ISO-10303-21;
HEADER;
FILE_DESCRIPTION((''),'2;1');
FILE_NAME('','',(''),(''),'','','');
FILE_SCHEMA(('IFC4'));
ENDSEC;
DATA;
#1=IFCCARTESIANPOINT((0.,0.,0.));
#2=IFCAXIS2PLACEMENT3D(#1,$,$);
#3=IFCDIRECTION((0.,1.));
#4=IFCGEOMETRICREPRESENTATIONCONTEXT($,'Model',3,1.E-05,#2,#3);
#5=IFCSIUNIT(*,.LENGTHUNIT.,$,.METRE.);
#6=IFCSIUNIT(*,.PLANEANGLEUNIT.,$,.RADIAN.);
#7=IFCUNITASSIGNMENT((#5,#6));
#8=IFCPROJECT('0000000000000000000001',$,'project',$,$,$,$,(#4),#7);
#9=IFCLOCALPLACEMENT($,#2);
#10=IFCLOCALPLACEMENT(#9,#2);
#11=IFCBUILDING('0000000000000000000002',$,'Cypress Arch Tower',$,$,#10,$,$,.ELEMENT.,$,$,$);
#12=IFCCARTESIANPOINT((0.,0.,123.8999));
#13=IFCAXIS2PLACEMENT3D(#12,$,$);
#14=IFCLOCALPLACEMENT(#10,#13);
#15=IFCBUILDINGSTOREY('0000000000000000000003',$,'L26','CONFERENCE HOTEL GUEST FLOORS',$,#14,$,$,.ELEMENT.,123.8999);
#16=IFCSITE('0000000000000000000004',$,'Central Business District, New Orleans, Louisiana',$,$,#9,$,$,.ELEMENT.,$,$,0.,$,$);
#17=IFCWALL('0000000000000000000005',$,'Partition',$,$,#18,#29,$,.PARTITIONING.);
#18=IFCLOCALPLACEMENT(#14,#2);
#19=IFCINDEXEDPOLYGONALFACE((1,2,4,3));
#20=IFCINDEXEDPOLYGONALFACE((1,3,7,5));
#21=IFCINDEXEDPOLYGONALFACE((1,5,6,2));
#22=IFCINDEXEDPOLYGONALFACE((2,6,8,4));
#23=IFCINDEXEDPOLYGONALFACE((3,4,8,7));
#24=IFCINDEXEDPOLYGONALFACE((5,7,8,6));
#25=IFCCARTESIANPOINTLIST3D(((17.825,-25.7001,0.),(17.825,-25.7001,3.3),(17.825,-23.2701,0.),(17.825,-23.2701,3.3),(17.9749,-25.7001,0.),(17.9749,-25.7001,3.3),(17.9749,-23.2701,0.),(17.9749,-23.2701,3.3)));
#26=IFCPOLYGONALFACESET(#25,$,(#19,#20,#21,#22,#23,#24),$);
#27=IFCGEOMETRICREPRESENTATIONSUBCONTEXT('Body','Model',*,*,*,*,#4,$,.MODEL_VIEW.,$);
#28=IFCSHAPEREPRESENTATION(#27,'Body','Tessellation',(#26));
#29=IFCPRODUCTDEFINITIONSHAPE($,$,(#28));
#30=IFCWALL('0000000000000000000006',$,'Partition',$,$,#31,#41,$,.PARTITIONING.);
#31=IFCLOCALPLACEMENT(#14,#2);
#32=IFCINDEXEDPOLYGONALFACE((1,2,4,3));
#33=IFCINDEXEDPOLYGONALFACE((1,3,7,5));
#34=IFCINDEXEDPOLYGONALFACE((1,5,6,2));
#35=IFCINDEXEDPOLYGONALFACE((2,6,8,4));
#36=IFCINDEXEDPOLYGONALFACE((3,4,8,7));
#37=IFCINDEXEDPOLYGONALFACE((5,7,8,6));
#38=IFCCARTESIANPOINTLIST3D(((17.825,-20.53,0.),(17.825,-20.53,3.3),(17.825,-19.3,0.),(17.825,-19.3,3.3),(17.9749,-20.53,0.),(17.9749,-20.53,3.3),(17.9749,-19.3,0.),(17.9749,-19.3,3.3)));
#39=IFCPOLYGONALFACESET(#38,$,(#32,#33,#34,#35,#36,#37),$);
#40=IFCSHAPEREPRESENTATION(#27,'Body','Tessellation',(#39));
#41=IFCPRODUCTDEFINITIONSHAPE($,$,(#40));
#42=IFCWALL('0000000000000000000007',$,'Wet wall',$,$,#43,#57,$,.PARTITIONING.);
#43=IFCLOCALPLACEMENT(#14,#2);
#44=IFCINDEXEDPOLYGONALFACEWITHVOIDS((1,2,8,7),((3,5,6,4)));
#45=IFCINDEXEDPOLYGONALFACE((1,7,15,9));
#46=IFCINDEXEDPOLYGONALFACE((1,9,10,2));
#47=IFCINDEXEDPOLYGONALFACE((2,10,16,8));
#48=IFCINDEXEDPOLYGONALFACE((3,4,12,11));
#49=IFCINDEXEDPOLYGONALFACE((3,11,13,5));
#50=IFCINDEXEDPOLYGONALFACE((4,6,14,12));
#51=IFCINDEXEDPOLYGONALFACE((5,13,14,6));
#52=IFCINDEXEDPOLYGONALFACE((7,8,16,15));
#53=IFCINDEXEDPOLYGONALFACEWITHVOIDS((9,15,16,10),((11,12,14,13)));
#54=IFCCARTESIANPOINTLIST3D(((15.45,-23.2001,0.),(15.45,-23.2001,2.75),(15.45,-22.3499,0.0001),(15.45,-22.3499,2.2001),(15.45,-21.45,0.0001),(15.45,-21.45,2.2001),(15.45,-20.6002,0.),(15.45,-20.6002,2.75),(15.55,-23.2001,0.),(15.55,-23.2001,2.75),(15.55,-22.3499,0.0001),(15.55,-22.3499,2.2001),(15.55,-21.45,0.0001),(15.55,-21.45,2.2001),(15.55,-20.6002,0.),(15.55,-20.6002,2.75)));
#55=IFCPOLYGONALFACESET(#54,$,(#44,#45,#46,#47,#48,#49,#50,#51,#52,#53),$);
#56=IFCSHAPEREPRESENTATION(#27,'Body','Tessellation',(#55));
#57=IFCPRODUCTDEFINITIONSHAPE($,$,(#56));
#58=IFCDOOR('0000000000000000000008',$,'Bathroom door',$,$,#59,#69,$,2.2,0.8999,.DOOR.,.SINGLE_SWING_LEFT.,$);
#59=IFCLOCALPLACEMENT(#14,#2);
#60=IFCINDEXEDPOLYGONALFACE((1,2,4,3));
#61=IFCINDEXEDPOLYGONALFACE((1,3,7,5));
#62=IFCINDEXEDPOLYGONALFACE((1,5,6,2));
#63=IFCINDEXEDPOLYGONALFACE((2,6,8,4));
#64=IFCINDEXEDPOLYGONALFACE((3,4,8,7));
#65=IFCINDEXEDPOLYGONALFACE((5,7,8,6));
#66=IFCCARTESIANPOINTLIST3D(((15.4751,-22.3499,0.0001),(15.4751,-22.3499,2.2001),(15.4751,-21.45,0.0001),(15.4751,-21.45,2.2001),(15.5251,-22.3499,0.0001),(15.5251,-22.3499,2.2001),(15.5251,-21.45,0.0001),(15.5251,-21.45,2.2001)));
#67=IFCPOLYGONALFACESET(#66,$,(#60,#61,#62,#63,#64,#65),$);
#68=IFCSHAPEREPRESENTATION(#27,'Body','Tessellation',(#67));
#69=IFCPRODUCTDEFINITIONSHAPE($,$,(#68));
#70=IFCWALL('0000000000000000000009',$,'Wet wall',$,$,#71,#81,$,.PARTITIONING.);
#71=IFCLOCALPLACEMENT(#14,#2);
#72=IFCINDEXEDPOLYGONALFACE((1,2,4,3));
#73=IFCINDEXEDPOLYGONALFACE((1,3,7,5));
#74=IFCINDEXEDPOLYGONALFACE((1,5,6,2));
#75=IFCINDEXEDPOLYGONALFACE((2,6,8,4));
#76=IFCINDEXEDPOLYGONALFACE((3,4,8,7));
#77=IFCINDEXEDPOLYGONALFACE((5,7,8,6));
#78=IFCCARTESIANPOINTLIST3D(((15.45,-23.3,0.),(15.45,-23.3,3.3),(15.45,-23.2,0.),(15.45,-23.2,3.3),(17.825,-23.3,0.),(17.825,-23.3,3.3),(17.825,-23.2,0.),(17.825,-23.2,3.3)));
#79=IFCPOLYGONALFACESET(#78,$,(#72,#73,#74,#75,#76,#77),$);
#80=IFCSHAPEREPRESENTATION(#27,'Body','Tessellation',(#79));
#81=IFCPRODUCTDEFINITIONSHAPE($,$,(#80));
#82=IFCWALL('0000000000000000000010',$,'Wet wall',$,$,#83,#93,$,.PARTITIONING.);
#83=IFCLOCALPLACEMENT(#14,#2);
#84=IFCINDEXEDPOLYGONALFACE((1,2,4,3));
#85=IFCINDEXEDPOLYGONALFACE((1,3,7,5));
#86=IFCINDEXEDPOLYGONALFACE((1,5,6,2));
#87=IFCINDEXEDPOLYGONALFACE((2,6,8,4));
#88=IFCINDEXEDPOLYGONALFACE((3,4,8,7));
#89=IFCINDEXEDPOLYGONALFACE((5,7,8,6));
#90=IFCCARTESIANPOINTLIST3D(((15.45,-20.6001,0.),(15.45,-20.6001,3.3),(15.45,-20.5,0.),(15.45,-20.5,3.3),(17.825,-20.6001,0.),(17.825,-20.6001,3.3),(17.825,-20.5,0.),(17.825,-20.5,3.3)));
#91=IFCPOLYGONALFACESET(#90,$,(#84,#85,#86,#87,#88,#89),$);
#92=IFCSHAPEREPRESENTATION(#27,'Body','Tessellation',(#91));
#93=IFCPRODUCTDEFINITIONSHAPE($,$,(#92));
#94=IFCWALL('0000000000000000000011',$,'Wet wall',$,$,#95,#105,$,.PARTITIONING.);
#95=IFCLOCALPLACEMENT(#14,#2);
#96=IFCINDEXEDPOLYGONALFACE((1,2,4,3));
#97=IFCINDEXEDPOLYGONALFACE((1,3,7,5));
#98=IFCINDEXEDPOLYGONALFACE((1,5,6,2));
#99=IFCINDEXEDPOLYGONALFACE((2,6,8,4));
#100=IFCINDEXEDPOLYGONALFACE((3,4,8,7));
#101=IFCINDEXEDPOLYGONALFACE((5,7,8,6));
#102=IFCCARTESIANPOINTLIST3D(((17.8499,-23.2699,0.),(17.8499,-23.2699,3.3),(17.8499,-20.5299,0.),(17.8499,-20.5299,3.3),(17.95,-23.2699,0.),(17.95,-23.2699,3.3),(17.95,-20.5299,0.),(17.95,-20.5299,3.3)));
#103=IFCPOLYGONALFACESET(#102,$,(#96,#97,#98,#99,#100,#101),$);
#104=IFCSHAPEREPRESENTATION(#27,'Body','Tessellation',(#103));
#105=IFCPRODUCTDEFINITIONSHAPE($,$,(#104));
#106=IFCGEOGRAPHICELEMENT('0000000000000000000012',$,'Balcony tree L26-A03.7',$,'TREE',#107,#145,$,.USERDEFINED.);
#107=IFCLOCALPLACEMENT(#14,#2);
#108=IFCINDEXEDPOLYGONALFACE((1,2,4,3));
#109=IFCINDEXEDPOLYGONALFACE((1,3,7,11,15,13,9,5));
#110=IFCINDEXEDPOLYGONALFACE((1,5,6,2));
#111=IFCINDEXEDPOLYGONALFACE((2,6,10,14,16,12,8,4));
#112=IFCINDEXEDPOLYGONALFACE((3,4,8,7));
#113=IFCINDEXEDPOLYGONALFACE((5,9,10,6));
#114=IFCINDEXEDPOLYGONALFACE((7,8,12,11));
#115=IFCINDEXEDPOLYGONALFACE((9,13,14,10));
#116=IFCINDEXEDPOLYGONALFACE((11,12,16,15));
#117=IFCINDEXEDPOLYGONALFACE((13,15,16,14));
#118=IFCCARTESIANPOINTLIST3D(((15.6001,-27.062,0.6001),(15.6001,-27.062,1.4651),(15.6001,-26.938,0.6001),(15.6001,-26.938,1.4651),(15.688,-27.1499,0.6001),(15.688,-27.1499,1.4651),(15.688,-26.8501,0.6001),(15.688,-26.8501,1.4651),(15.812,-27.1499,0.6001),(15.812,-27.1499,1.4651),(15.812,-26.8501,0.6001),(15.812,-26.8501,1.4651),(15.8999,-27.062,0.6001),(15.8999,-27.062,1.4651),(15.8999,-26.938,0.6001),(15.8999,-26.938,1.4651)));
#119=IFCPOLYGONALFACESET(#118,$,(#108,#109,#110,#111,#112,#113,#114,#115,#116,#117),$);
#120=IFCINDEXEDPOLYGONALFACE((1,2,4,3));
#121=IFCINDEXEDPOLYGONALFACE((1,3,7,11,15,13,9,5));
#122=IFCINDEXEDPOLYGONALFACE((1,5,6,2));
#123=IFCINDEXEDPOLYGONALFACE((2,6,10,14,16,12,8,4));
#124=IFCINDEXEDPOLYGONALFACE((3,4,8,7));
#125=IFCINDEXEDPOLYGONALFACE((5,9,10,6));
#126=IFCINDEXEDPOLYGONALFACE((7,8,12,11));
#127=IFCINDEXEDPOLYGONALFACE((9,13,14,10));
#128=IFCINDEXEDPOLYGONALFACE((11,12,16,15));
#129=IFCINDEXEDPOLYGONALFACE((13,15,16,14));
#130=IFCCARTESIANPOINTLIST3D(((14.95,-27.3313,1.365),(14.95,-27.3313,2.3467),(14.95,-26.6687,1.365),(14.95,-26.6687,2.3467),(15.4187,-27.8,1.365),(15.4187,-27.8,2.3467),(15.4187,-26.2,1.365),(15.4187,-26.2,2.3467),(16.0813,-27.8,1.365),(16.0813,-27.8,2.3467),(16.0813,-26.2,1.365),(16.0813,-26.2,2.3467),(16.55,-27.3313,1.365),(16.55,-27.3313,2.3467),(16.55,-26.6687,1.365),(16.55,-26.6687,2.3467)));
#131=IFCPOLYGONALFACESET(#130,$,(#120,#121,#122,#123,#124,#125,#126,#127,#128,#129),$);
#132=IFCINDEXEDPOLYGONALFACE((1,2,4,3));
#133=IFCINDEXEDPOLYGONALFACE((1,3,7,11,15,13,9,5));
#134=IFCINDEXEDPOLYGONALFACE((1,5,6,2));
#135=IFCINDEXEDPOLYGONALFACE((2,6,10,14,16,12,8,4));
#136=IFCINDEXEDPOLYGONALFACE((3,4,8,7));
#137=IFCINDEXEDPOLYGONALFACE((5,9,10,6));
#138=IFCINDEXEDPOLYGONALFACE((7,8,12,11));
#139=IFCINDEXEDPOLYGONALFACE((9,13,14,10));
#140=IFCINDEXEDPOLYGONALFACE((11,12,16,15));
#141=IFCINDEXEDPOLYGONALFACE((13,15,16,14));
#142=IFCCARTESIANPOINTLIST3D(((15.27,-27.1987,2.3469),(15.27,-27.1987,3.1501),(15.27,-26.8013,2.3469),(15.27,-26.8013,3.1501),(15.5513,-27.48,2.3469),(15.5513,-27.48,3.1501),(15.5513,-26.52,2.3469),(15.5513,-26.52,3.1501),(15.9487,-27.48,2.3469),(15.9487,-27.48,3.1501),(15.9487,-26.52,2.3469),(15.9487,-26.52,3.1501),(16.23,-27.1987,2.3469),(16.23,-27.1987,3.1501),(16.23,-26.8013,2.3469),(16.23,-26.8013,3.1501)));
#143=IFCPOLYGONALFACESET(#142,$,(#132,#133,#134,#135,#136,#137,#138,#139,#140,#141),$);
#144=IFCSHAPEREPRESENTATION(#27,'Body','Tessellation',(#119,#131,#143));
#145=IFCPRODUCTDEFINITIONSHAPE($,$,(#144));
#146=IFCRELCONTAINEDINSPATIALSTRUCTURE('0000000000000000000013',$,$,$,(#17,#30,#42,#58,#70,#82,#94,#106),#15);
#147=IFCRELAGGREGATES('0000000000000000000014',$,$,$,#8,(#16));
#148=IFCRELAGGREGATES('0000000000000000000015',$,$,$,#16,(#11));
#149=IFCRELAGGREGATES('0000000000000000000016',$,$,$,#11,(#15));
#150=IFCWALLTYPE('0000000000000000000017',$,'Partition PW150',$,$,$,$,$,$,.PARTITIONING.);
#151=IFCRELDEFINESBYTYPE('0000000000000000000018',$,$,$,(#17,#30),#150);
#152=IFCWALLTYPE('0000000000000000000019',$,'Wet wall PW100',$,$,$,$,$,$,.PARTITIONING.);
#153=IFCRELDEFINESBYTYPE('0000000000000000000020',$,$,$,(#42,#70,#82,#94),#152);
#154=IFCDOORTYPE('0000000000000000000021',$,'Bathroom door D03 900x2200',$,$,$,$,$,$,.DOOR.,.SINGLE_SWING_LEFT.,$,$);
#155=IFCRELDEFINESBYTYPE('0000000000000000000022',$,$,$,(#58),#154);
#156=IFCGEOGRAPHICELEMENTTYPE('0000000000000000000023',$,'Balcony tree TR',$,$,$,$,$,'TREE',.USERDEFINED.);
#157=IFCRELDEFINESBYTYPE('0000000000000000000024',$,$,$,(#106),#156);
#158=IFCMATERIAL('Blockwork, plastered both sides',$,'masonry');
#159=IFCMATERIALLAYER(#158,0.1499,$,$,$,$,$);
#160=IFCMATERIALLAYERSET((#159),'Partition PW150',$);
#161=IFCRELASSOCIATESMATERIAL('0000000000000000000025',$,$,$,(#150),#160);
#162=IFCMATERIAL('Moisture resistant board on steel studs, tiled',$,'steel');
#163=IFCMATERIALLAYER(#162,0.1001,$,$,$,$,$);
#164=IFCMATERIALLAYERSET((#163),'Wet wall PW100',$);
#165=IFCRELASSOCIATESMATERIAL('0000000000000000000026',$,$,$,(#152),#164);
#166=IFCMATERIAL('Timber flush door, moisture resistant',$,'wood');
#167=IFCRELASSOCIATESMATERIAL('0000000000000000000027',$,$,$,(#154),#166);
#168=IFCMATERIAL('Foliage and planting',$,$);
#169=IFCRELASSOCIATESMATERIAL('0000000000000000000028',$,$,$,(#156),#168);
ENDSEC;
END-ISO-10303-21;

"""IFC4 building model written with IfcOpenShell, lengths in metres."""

from ifc_helpers import new_model, si_unit, direction, frame, frame_2d, origin, place, context, subcontext, project, spatial, polyline, rectangle, outline, extrude, material, layer, layer_set, type_object, element, fill, save


model = new_model("IFC4")

# Units and contexts
model_context = context("Model", 3, precision=1e-05, world=origin(), true_north=direction((0.0, 1.0)))
body_context = subcontext(model_context, "Body", "Model", "MODEL_VIEW")
ifc_project = project(units=[si_unit("LENGTHUNIT", "METRE"), si_unit("PLANEANGLEUNIT", "RADIAN")], contexts=[model_context])

# Site, building, storey
site_placement = place(None, origin())
site = spatial("IfcSite", under=ifc_project, at=site_placement, Name="Central Business District, New Orleans, Louisiana", CompositionType="ELEMENT", RefElevation=0.0)
building_placement = place(site_placement, origin())
building = spatial("IfcBuilding", under=site, at=building_placement, Name="Cypress Arch Tower", CompositionType="ELEMENT")
storey_placement = place(building_placement, frame((0.0, 0.0, 123.8999)))
storey = spatial("IfcBuildingStorey", under=building, at=storey_placement, Name="L26", Description="CONFERENCE HOTEL GUEST FLOORS", CompositionType="ELEMENT", Elevation=123.8999)

# Walls
ifc_material_1 = material(Name="Blockwork, plastered both sides", Category="masonry")
ifc_layer_1 = layer(ifc_material_1, 0.1499)
ifc_layer_set_1 = layer_set([ifc_layer_1], Name="Partition PW150")
wall_type_1 = type_object("IfcWallType", Name="Partition PW150", PredefinedType="PARTITIONING", material=ifc_layer_set_1)
wall_1_placement = place(storey_placement, frame((17.8999, -25.7, 0.0), z_axis=(0.0, 0.0, 1.0), x_axis=(0.0, 1.0, 0.0)))
element("IfcWall", 1, at=wall_1_placement, inside=storey, type_object=wall_type_1, Name="Partition", PredefinedType="PARTITIONING", context=body_context, shape_type="SweptSolid", body=[
    extrude(rectangle(XDim=2.4299, YDim=0.1499, at=frame_2d((1.2148, 0.0))), origin(), (0.0, 0.0, 1.0), 3.3),
])
wall_2_placement = place(storey_placement, frame((17.8999, -20.53, 0.0), z_axis=(0.0, 0.0, 1.0), x_axis=(0.0, 1.0, 0.0)))
element("IfcWall", 2, at=wall_2_placement, inside=storey, type_object=wall_type_1, Name="Partition", PredefinedType="PARTITIONING", context=body_context, shape_type="SweptSolid", body=[
    extrude(rectangle(XDim=1.23, YDim=0.1499, at=frame_2d((0.615, 0.0))), origin(), (0.0, 0.0, 1.0), 3.3),
])

# Wall, opening, door
ifc_material_2 = material(Name="Moisture resistant board on steel studs, tiled", Category="steel")
ifc_layer_2 = layer(ifc_material_2, 0.1001)
ifc_layer_set_2 = layer_set([ifc_layer_2], Name="Wet wall PW100")
wall_type_2 = type_object("IfcWallType", Name="Wet wall PW100", PredefinedType="PARTITIONING", material=ifc_layer_set_2)
wall_3_placement = place(storey_placement, frame((15.5, -23.2, 0.0), z_axis=(0.0, 0.0, 1.0), x_axis=(0.0, 1.0, 0.0)))
wall_3 = element("IfcWall", 3, at=wall_3_placement, inside=storey, type_object=wall_type_2, Name="Wet wall", PredefinedType="PARTITIONING", context=body_context, shape_type="SweptSolid", body=[
    extrude(rectangle(XDim=2.5999, YDim=0.1001, at=frame_2d((1.2998, 0.0))), origin(), (0.0, 0.0, 1.0), 2.75),
])
opening_1_placement = place(wall_3_placement, frame((0.8501, 0.0, 0.0)))
opening_1 = element("IfcOpeningElement", 4, at=opening_1_placement, cuts=wall_3, PredefinedType="OPENING", context=body_context, shape_type="SweptSolid", body=[
    extrude(rectangle(XDim=0.8999, YDim=2.2, at=frame_2d((0.45, 1.1001))), frame((0.0, 0.0601, 0.0), z_axis=(0.0, -1.0, 0.0), x_axis=(1.0, 0.0, 0.0)), (0.0, 0.0, 1.0), 0.1201),
])
ifc_material_3 = material(Name="Timber flush door, moisture resistant", Category="wood")
door_type_1 = type_object("IfcDoorType", Name="Bathroom door D03 900x2200", OperationType="SINGLE_SWING_LEFT", PredefinedType="DOOR", material=ifc_material_3)
door_1_placement = place(opening_1_placement, origin())
door_1 = element("IfcDoor", 5, at=door_1_placement, inside=storey, type_object=door_type_1, Name="Bathroom door", OperationType="SINGLE_SWING_LEFT", OverallHeight=2.2, OverallWidth=0.8999, PredefinedType="DOOR", context=body_context, shape_type="SweptSolid", body=[
    extrude(rectangle(XDim=0.8999, YDim=2.2, at=frame_2d((0.45, 1.1001))), frame((0.0, 0.0249, 0.0), z_axis=(0.0, -1.0, 0.0), x_axis=(1.0, 0.0, 0.0)), (0.0, 0.0, 1.0), 0.05),
])
fill(opening_1, door_1)

# Walls
for number, where, z_axis, x_axis, name in (
    (6, (15.45, -23.25, 0.0), (0.0, 0.0, 1.0), (1.0, 0.0, 0.0), "Wet wall"),
    (7, (15.45, -20.55, 0.0), (0.0, 0.0, 1.0), (1.0, 0.0, 0.0), "Wet wall"),
):
    element("IfcWall", number, at=place(storey_placement, frame(where, z_axis=z_axis, x_axis=x_axis)), inside=storey, type_object=wall_type_2, Name=name, PredefinedType="PARTITIONING", context=body_context, shape_type="SweptSolid", body=[
        extrude(rectangle(XDim=2.375, YDim=0.1001, at=frame_2d((1.1875, 0.0))), origin(), (0.0, 0.0, 1.0), 3.3),
    ])
wall_4_placement = place(storey_placement, frame((17.8999, -23.27, 0.0), z_axis=(0.0, 0.0, 1.0), x_axis=(0.0, 1.0, 0.0)))
element("IfcWall", 8, at=wall_4_placement, inside=storey, type_object=wall_type_2, Name="Wet wall", PredefinedType="PARTITIONING", context=body_context, shape_type="SweptSolid", body=[
    extrude(rectangle(XDim=2.74, YDim=0.1001, at=frame_2d((1.3701, 0.0))), origin(), (0.0, 0.0, 1.0), 3.3),
])

# Geographic element
ifc_material_4 = material(Name="Foliage and planting")
geographic_element_type = type_object("IfcGeographicElementType", Name="Balcony tree TR", ElementType="TREE", PredefinedType="USERDEFINED", material=ifc_material_4)
geographic_element_placement = place(storey_placement, frame((15.75, -27.0, 0.6001), z_axis=(0.0, 0.0, 1.0), x_axis=(1.0, 0.0, 0.0)))
element("IfcGeographicElement", 9, at=geographic_element_placement, inside=storey, type_object=geographic_element_type, Name="Balcony tree L26-A03.7", ObjectType="TREE", PredefinedType="USERDEFINED", context=body_context, shape_type="SweptSolid", body=[
    extrude(outline(polyline([(0.1499, 0.062), (0.062, 0.1499), (-0.062, 0.1499), (-0.1499, 0.062), (-0.1499, -0.062), (-0.062, -0.1499), (0.062, -0.1499), (0.1499, -0.062), (0.1499, 0.062)])), origin(), (0.0, 0.0, 1.0), 0.865),
    extrude(outline(polyline([(0.8, 0.3313), (0.3313, 0.8), (-0.3313, 0.8), (-0.8, 0.3313), (-0.8, -0.3313), (-0.3313, -0.8), (0.3313, -0.8), (0.8, -0.3313), (0.8, 0.3313)])), frame((0.0, 0.0, 0.7649)), (0.0, 0.0, 1.0), 0.9817),
    extrude(outline(polyline([(0.48, 0.1987), (0.1987, 0.48), (-0.1987, 0.48), (-0.48, 0.1987), (-0.48, -0.1987), (-0.1987, -0.48), (0.1987, -0.48), (0.48, -0.1987), (0.48, 0.1987)])), frame((0.0, 0.0, 1.7468)), (0.0, 0.0, 1.0), 0.8032),
])

save(model, "model.ifc")
